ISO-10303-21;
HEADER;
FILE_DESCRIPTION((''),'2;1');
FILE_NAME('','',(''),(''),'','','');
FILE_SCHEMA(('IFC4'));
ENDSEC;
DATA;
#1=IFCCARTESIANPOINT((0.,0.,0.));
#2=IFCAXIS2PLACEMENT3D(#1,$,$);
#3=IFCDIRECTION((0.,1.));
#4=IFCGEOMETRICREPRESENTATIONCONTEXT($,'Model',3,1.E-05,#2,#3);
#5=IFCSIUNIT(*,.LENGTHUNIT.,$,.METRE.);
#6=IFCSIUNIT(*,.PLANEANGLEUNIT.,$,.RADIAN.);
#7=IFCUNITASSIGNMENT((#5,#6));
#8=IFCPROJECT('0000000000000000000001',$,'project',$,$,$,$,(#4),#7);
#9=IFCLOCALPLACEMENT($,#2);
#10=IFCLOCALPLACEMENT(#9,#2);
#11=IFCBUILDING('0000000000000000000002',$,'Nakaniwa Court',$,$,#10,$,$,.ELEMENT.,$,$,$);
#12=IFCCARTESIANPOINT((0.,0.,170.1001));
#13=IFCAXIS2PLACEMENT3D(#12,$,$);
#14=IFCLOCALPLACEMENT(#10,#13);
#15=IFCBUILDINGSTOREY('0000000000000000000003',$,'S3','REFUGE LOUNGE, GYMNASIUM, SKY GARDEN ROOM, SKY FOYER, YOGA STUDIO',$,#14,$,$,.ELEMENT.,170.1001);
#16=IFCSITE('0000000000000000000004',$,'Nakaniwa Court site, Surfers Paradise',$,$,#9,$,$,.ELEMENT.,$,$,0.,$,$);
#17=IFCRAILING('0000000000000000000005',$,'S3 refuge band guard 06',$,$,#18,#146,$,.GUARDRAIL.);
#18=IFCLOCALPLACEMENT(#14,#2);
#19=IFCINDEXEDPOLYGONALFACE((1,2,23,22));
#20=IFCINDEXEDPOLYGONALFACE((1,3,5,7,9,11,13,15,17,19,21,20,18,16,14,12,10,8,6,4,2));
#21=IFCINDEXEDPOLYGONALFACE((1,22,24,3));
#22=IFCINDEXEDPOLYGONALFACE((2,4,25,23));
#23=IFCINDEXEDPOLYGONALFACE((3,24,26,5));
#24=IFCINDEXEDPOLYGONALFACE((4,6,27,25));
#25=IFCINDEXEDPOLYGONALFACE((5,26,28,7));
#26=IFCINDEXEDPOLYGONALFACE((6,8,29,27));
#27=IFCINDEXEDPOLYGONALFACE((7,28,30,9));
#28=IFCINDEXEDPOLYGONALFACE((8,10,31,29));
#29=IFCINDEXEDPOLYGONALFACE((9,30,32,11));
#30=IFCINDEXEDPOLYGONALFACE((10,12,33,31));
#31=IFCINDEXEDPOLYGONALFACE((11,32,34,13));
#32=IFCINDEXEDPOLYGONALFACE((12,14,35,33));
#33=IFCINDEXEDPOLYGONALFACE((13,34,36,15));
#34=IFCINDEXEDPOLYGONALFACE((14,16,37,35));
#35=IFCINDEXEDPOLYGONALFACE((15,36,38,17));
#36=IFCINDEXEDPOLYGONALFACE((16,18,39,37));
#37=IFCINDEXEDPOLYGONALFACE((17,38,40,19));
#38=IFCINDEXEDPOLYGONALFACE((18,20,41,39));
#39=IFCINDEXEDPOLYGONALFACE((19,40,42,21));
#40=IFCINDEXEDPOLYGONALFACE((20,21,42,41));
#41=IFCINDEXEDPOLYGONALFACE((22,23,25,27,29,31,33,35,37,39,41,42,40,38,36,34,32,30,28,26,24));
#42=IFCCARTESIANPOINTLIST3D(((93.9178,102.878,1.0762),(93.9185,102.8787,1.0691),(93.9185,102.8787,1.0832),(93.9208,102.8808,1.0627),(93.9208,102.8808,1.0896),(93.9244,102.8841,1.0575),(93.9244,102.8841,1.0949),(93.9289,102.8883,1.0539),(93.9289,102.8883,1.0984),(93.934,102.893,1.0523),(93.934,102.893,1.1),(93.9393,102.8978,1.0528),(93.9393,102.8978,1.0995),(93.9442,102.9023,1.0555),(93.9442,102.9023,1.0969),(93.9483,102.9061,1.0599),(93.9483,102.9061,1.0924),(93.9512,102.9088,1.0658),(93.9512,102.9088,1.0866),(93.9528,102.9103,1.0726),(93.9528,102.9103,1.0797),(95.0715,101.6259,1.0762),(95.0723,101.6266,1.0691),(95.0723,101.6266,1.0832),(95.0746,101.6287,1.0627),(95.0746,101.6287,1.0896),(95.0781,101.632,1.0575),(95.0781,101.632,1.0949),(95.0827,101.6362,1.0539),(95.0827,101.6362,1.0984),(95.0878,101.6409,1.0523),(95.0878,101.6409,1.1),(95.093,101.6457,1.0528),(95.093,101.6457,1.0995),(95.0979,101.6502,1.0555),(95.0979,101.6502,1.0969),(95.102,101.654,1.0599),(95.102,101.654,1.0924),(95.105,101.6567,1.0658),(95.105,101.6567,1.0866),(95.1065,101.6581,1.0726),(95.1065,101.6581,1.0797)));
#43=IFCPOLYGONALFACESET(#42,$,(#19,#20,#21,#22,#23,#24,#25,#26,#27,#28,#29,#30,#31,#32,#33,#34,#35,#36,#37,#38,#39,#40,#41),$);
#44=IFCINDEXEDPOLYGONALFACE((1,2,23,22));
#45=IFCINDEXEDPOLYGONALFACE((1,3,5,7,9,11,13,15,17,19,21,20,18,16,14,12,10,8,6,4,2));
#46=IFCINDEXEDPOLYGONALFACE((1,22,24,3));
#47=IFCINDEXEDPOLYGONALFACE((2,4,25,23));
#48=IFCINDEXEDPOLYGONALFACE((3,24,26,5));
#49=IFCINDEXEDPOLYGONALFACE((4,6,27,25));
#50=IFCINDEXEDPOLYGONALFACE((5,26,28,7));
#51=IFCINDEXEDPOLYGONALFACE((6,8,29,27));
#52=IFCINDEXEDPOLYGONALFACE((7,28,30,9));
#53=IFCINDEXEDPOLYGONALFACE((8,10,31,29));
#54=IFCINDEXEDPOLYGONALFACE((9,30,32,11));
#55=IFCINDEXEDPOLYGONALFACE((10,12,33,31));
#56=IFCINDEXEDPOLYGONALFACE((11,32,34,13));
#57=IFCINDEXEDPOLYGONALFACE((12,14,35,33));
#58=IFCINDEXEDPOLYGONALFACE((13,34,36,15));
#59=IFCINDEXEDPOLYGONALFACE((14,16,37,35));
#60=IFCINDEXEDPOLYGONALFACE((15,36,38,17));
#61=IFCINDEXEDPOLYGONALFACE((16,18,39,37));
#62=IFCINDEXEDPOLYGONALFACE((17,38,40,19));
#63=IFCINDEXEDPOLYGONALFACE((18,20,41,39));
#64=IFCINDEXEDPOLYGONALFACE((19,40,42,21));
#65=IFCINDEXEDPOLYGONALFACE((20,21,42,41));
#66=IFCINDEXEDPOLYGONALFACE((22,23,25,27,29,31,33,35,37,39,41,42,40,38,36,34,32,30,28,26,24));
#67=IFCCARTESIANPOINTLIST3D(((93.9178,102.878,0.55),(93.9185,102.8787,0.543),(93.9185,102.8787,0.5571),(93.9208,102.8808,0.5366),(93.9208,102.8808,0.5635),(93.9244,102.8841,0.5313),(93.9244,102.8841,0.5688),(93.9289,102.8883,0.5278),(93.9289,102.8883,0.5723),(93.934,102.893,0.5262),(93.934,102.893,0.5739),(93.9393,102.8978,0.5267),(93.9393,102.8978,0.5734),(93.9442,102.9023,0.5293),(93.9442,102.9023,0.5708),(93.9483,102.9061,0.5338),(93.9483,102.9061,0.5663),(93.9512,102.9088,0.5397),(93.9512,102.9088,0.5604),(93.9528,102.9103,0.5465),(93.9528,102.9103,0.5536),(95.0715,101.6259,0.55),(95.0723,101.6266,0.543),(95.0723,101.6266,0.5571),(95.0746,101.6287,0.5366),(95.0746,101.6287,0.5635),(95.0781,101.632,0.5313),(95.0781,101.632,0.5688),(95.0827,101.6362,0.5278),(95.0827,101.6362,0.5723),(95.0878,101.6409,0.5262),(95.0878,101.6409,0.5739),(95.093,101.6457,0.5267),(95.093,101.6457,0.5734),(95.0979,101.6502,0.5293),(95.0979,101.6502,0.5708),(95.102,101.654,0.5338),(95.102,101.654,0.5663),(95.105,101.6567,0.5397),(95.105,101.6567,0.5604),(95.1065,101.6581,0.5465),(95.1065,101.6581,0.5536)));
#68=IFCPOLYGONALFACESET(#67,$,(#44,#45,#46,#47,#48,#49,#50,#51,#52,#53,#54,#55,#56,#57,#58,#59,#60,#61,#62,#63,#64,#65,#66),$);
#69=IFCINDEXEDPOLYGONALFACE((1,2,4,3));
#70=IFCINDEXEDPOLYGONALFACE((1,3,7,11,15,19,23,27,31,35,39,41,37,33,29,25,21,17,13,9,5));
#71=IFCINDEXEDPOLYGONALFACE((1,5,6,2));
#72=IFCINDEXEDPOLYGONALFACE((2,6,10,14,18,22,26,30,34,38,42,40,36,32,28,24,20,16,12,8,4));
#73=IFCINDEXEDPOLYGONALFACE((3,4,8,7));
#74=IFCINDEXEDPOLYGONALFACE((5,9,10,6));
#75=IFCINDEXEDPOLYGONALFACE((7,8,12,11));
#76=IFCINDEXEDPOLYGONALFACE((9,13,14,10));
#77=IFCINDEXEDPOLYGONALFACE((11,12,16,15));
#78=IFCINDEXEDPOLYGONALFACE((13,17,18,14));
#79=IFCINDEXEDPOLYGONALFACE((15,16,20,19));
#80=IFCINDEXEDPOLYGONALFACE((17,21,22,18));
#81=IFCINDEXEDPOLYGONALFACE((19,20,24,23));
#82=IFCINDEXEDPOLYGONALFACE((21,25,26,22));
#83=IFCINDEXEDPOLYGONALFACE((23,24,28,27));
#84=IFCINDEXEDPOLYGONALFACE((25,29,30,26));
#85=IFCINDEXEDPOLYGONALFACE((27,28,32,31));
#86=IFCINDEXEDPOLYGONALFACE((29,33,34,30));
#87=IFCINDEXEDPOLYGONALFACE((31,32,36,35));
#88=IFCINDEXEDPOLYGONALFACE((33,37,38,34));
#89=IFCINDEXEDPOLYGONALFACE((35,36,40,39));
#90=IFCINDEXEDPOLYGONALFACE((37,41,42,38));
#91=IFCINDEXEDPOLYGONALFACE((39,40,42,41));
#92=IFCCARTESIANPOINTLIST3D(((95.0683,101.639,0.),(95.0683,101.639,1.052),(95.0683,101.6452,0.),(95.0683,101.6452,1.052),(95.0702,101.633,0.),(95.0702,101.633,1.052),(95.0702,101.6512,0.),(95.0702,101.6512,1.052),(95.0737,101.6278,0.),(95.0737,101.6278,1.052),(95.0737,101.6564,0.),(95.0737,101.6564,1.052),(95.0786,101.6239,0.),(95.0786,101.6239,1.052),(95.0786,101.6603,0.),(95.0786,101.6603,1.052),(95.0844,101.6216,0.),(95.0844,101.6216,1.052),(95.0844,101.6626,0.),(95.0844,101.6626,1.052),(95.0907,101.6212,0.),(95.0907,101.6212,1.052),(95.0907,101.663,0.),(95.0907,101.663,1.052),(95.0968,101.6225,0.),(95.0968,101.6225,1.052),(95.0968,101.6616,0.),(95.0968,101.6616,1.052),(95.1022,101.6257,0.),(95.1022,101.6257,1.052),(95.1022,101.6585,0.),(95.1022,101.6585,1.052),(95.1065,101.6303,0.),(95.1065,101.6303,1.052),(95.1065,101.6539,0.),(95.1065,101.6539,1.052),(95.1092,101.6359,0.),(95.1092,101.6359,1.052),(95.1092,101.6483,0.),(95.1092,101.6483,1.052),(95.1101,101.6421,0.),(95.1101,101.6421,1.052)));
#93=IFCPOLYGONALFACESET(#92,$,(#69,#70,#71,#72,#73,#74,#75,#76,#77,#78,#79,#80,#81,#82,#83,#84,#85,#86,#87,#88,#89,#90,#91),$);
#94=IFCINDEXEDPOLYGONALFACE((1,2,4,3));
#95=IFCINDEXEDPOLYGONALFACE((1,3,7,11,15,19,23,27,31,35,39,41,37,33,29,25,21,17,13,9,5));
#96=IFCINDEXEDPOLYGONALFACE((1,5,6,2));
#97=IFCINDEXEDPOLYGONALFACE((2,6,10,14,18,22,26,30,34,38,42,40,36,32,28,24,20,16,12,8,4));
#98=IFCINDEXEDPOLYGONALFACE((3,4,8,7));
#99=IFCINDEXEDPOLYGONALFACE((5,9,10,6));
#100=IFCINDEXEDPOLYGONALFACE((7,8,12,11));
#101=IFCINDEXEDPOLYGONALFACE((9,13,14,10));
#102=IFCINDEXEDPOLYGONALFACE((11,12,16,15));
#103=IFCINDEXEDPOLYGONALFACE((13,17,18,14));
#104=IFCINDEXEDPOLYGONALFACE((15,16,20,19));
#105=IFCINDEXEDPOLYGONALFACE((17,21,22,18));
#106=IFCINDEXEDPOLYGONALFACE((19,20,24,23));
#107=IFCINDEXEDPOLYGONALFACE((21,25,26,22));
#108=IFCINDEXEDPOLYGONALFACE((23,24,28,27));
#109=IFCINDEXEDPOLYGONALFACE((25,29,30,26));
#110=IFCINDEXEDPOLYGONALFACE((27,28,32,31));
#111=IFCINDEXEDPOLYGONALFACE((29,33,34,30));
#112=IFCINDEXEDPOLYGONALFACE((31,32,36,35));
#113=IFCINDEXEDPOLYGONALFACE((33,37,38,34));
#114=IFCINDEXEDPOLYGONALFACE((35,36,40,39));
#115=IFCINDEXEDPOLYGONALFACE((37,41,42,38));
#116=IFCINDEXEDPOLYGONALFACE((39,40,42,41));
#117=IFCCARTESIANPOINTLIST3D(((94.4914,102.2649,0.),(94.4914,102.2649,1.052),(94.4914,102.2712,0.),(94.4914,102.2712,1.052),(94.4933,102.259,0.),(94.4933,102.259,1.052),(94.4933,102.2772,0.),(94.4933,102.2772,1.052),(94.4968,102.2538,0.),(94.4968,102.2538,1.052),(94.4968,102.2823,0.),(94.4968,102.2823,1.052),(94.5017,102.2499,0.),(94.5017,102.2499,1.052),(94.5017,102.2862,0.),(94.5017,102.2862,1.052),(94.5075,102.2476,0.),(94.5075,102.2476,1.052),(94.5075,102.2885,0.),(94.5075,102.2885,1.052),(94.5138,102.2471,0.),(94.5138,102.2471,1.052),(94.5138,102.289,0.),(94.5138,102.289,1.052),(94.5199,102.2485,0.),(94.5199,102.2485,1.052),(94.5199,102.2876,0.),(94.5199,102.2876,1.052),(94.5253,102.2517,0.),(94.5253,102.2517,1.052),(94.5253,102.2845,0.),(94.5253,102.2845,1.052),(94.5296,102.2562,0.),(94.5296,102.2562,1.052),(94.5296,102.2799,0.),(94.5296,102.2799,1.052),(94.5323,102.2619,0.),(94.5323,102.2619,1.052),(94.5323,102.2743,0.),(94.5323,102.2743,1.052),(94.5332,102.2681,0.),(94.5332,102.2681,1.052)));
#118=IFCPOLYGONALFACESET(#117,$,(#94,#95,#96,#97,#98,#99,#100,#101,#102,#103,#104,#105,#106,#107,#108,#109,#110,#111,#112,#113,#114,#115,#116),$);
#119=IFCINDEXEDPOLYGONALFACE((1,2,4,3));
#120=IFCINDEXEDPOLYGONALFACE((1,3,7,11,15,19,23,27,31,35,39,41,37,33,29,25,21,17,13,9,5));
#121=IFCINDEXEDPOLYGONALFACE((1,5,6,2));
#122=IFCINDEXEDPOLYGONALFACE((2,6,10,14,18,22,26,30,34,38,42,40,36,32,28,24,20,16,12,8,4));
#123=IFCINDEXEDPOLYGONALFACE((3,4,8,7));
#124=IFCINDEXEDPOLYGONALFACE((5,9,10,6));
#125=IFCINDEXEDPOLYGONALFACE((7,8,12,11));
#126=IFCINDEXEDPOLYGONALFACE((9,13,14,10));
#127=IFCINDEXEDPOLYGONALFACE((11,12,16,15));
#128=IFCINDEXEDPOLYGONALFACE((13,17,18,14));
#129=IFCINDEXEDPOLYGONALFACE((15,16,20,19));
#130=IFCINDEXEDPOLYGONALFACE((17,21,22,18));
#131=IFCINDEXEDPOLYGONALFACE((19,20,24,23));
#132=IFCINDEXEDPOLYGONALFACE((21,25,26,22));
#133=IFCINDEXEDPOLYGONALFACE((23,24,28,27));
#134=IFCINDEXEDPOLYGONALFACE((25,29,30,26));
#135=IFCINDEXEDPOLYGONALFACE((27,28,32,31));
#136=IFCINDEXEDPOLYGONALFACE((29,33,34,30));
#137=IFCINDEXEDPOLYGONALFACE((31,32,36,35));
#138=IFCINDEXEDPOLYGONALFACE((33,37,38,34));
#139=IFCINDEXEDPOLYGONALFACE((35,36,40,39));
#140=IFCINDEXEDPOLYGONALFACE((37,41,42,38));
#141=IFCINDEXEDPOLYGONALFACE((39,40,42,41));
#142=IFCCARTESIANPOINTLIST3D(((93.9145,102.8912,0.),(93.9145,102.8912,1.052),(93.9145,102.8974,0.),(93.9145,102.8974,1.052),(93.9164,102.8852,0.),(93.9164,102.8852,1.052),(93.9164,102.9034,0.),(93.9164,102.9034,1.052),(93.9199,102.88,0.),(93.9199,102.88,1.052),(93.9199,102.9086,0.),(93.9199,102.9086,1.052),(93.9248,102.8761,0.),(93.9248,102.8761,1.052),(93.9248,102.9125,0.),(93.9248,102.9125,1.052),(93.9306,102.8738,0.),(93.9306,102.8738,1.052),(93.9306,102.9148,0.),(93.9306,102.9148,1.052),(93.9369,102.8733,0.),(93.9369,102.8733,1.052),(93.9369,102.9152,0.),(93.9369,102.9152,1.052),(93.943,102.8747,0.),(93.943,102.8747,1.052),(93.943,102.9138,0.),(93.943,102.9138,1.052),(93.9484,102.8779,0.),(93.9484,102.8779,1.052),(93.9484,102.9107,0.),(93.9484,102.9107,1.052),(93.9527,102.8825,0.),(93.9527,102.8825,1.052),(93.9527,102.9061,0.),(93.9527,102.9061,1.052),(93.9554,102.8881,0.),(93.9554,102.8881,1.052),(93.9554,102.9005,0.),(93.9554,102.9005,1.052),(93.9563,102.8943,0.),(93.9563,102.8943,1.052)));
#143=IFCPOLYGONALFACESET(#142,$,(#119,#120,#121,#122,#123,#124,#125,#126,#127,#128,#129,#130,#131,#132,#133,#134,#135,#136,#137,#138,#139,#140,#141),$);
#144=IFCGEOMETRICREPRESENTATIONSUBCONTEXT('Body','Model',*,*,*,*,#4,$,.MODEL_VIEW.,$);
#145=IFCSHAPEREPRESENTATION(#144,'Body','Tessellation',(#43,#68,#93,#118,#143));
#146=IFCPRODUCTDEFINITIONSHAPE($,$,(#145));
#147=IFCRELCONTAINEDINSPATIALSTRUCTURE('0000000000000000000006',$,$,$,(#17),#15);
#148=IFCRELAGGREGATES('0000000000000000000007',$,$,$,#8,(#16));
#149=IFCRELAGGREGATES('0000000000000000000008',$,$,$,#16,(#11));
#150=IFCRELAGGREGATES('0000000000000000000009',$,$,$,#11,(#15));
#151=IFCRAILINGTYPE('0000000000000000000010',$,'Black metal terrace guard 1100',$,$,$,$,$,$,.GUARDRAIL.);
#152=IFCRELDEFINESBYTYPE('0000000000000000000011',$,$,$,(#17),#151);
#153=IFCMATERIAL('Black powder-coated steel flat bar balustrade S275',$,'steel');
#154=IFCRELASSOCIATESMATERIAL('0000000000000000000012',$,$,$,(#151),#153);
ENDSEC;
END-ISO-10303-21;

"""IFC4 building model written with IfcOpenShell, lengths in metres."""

from ifc_helpers import new_model, si_unit, direction, frame, origin, origin_2d, place, context, subcontext, project, spatial, circle, extrude, material, type_object, element, save


model = new_model("IFC4")

# Units and contexts
model_context = context("Model", 3, precision=1e-05, world=origin(), true_north=direction((0.0, 1.0)))
body_context = subcontext(model_context, "Body", "Model", "MODEL_VIEW")
ifc_project = project(units=[si_unit("LENGTHUNIT", "METRE"), si_unit("PLANEANGLEUNIT", "RADIAN")], contexts=[model_context])

# Site, building, storey
site_placement = place(None, origin())
site = spatial("IfcSite", under=ifc_project, at=site_placement, Name="Nakaniwa Court site, Surfers Paradise", CompositionType="ELEMENT", RefElevation=0.0)
building_placement = place(site_placement, origin())
building = spatial("IfcBuilding", under=site, at=building_placement, Name="Nakaniwa Court", CompositionType="ELEMENT")
storey_placement = place(building_placement, frame((0.0, 0.0, 170.1001)))
storey = spatial("IfcBuildingStorey", under=building, at=storey_placement, Name="S3", Description="REFUGE LOUNGE, GYMNASIUM, SKY GARDEN ROOM, SKY FOYER, YOGA STUDIO", CompositionType="ELEMENT", Elevation=170.1001)

# Railing
ifc_material_1 = material(Name="Black powder-coated steel flat bar balustrade S275", Category="steel")
railing_type = type_object("IfcRailingType", Name="Black metal terrace guard 1100", PredefinedType="GUARDRAIL", material=ifc_material_1)
railing_1_placement = place(storey_placement, frame((95.0891, 101.6421, 0.0)))
element("IfcRailing", 1, at=railing_1_placement, inside=storey, type_object=railing_type, Name="S3 refuge band guard 06", PredefinedType="GUARDRAIL", context=body_context, shape_type="SweptSolid", body=[
    extrude(circle(Radius=0.0239, at=origin_2d()), frame((0.0, 0.0, 1.0762), z_axis=(-0.677625, 0.735408, 0.0), x_axis=(-0.735408, -0.677625, 0.0)), (0.0, 0.0, 1.0), 1.7026),
    extrude(circle(Radius=0.0239, at=origin_2d()), frame((0.0, 0.0, 0.55), z_axis=(-0.677625, 0.735408, 0.0), x_axis=(-0.735408, -0.677625, 0.0)), (0.0, 0.0, 1.0), 1.7026),
    extrude(circle(Radius=0.021, at=origin_2d()), origin(), (0.0, 0.0, 1.0), 1.052),
    extrude(circle(Radius=0.021, at=origin_2d()), frame((-0.5769, 0.626, 0.0)), (0.0, 0.0, 1.0), 1.052),
    extrude(circle(Radius=0.021, at=origin_2d()), frame((-1.1538, 1.2522, 0.0)), (0.0, 0.0, 1.0), 1.052),
])

save(model, "model.ifc")
